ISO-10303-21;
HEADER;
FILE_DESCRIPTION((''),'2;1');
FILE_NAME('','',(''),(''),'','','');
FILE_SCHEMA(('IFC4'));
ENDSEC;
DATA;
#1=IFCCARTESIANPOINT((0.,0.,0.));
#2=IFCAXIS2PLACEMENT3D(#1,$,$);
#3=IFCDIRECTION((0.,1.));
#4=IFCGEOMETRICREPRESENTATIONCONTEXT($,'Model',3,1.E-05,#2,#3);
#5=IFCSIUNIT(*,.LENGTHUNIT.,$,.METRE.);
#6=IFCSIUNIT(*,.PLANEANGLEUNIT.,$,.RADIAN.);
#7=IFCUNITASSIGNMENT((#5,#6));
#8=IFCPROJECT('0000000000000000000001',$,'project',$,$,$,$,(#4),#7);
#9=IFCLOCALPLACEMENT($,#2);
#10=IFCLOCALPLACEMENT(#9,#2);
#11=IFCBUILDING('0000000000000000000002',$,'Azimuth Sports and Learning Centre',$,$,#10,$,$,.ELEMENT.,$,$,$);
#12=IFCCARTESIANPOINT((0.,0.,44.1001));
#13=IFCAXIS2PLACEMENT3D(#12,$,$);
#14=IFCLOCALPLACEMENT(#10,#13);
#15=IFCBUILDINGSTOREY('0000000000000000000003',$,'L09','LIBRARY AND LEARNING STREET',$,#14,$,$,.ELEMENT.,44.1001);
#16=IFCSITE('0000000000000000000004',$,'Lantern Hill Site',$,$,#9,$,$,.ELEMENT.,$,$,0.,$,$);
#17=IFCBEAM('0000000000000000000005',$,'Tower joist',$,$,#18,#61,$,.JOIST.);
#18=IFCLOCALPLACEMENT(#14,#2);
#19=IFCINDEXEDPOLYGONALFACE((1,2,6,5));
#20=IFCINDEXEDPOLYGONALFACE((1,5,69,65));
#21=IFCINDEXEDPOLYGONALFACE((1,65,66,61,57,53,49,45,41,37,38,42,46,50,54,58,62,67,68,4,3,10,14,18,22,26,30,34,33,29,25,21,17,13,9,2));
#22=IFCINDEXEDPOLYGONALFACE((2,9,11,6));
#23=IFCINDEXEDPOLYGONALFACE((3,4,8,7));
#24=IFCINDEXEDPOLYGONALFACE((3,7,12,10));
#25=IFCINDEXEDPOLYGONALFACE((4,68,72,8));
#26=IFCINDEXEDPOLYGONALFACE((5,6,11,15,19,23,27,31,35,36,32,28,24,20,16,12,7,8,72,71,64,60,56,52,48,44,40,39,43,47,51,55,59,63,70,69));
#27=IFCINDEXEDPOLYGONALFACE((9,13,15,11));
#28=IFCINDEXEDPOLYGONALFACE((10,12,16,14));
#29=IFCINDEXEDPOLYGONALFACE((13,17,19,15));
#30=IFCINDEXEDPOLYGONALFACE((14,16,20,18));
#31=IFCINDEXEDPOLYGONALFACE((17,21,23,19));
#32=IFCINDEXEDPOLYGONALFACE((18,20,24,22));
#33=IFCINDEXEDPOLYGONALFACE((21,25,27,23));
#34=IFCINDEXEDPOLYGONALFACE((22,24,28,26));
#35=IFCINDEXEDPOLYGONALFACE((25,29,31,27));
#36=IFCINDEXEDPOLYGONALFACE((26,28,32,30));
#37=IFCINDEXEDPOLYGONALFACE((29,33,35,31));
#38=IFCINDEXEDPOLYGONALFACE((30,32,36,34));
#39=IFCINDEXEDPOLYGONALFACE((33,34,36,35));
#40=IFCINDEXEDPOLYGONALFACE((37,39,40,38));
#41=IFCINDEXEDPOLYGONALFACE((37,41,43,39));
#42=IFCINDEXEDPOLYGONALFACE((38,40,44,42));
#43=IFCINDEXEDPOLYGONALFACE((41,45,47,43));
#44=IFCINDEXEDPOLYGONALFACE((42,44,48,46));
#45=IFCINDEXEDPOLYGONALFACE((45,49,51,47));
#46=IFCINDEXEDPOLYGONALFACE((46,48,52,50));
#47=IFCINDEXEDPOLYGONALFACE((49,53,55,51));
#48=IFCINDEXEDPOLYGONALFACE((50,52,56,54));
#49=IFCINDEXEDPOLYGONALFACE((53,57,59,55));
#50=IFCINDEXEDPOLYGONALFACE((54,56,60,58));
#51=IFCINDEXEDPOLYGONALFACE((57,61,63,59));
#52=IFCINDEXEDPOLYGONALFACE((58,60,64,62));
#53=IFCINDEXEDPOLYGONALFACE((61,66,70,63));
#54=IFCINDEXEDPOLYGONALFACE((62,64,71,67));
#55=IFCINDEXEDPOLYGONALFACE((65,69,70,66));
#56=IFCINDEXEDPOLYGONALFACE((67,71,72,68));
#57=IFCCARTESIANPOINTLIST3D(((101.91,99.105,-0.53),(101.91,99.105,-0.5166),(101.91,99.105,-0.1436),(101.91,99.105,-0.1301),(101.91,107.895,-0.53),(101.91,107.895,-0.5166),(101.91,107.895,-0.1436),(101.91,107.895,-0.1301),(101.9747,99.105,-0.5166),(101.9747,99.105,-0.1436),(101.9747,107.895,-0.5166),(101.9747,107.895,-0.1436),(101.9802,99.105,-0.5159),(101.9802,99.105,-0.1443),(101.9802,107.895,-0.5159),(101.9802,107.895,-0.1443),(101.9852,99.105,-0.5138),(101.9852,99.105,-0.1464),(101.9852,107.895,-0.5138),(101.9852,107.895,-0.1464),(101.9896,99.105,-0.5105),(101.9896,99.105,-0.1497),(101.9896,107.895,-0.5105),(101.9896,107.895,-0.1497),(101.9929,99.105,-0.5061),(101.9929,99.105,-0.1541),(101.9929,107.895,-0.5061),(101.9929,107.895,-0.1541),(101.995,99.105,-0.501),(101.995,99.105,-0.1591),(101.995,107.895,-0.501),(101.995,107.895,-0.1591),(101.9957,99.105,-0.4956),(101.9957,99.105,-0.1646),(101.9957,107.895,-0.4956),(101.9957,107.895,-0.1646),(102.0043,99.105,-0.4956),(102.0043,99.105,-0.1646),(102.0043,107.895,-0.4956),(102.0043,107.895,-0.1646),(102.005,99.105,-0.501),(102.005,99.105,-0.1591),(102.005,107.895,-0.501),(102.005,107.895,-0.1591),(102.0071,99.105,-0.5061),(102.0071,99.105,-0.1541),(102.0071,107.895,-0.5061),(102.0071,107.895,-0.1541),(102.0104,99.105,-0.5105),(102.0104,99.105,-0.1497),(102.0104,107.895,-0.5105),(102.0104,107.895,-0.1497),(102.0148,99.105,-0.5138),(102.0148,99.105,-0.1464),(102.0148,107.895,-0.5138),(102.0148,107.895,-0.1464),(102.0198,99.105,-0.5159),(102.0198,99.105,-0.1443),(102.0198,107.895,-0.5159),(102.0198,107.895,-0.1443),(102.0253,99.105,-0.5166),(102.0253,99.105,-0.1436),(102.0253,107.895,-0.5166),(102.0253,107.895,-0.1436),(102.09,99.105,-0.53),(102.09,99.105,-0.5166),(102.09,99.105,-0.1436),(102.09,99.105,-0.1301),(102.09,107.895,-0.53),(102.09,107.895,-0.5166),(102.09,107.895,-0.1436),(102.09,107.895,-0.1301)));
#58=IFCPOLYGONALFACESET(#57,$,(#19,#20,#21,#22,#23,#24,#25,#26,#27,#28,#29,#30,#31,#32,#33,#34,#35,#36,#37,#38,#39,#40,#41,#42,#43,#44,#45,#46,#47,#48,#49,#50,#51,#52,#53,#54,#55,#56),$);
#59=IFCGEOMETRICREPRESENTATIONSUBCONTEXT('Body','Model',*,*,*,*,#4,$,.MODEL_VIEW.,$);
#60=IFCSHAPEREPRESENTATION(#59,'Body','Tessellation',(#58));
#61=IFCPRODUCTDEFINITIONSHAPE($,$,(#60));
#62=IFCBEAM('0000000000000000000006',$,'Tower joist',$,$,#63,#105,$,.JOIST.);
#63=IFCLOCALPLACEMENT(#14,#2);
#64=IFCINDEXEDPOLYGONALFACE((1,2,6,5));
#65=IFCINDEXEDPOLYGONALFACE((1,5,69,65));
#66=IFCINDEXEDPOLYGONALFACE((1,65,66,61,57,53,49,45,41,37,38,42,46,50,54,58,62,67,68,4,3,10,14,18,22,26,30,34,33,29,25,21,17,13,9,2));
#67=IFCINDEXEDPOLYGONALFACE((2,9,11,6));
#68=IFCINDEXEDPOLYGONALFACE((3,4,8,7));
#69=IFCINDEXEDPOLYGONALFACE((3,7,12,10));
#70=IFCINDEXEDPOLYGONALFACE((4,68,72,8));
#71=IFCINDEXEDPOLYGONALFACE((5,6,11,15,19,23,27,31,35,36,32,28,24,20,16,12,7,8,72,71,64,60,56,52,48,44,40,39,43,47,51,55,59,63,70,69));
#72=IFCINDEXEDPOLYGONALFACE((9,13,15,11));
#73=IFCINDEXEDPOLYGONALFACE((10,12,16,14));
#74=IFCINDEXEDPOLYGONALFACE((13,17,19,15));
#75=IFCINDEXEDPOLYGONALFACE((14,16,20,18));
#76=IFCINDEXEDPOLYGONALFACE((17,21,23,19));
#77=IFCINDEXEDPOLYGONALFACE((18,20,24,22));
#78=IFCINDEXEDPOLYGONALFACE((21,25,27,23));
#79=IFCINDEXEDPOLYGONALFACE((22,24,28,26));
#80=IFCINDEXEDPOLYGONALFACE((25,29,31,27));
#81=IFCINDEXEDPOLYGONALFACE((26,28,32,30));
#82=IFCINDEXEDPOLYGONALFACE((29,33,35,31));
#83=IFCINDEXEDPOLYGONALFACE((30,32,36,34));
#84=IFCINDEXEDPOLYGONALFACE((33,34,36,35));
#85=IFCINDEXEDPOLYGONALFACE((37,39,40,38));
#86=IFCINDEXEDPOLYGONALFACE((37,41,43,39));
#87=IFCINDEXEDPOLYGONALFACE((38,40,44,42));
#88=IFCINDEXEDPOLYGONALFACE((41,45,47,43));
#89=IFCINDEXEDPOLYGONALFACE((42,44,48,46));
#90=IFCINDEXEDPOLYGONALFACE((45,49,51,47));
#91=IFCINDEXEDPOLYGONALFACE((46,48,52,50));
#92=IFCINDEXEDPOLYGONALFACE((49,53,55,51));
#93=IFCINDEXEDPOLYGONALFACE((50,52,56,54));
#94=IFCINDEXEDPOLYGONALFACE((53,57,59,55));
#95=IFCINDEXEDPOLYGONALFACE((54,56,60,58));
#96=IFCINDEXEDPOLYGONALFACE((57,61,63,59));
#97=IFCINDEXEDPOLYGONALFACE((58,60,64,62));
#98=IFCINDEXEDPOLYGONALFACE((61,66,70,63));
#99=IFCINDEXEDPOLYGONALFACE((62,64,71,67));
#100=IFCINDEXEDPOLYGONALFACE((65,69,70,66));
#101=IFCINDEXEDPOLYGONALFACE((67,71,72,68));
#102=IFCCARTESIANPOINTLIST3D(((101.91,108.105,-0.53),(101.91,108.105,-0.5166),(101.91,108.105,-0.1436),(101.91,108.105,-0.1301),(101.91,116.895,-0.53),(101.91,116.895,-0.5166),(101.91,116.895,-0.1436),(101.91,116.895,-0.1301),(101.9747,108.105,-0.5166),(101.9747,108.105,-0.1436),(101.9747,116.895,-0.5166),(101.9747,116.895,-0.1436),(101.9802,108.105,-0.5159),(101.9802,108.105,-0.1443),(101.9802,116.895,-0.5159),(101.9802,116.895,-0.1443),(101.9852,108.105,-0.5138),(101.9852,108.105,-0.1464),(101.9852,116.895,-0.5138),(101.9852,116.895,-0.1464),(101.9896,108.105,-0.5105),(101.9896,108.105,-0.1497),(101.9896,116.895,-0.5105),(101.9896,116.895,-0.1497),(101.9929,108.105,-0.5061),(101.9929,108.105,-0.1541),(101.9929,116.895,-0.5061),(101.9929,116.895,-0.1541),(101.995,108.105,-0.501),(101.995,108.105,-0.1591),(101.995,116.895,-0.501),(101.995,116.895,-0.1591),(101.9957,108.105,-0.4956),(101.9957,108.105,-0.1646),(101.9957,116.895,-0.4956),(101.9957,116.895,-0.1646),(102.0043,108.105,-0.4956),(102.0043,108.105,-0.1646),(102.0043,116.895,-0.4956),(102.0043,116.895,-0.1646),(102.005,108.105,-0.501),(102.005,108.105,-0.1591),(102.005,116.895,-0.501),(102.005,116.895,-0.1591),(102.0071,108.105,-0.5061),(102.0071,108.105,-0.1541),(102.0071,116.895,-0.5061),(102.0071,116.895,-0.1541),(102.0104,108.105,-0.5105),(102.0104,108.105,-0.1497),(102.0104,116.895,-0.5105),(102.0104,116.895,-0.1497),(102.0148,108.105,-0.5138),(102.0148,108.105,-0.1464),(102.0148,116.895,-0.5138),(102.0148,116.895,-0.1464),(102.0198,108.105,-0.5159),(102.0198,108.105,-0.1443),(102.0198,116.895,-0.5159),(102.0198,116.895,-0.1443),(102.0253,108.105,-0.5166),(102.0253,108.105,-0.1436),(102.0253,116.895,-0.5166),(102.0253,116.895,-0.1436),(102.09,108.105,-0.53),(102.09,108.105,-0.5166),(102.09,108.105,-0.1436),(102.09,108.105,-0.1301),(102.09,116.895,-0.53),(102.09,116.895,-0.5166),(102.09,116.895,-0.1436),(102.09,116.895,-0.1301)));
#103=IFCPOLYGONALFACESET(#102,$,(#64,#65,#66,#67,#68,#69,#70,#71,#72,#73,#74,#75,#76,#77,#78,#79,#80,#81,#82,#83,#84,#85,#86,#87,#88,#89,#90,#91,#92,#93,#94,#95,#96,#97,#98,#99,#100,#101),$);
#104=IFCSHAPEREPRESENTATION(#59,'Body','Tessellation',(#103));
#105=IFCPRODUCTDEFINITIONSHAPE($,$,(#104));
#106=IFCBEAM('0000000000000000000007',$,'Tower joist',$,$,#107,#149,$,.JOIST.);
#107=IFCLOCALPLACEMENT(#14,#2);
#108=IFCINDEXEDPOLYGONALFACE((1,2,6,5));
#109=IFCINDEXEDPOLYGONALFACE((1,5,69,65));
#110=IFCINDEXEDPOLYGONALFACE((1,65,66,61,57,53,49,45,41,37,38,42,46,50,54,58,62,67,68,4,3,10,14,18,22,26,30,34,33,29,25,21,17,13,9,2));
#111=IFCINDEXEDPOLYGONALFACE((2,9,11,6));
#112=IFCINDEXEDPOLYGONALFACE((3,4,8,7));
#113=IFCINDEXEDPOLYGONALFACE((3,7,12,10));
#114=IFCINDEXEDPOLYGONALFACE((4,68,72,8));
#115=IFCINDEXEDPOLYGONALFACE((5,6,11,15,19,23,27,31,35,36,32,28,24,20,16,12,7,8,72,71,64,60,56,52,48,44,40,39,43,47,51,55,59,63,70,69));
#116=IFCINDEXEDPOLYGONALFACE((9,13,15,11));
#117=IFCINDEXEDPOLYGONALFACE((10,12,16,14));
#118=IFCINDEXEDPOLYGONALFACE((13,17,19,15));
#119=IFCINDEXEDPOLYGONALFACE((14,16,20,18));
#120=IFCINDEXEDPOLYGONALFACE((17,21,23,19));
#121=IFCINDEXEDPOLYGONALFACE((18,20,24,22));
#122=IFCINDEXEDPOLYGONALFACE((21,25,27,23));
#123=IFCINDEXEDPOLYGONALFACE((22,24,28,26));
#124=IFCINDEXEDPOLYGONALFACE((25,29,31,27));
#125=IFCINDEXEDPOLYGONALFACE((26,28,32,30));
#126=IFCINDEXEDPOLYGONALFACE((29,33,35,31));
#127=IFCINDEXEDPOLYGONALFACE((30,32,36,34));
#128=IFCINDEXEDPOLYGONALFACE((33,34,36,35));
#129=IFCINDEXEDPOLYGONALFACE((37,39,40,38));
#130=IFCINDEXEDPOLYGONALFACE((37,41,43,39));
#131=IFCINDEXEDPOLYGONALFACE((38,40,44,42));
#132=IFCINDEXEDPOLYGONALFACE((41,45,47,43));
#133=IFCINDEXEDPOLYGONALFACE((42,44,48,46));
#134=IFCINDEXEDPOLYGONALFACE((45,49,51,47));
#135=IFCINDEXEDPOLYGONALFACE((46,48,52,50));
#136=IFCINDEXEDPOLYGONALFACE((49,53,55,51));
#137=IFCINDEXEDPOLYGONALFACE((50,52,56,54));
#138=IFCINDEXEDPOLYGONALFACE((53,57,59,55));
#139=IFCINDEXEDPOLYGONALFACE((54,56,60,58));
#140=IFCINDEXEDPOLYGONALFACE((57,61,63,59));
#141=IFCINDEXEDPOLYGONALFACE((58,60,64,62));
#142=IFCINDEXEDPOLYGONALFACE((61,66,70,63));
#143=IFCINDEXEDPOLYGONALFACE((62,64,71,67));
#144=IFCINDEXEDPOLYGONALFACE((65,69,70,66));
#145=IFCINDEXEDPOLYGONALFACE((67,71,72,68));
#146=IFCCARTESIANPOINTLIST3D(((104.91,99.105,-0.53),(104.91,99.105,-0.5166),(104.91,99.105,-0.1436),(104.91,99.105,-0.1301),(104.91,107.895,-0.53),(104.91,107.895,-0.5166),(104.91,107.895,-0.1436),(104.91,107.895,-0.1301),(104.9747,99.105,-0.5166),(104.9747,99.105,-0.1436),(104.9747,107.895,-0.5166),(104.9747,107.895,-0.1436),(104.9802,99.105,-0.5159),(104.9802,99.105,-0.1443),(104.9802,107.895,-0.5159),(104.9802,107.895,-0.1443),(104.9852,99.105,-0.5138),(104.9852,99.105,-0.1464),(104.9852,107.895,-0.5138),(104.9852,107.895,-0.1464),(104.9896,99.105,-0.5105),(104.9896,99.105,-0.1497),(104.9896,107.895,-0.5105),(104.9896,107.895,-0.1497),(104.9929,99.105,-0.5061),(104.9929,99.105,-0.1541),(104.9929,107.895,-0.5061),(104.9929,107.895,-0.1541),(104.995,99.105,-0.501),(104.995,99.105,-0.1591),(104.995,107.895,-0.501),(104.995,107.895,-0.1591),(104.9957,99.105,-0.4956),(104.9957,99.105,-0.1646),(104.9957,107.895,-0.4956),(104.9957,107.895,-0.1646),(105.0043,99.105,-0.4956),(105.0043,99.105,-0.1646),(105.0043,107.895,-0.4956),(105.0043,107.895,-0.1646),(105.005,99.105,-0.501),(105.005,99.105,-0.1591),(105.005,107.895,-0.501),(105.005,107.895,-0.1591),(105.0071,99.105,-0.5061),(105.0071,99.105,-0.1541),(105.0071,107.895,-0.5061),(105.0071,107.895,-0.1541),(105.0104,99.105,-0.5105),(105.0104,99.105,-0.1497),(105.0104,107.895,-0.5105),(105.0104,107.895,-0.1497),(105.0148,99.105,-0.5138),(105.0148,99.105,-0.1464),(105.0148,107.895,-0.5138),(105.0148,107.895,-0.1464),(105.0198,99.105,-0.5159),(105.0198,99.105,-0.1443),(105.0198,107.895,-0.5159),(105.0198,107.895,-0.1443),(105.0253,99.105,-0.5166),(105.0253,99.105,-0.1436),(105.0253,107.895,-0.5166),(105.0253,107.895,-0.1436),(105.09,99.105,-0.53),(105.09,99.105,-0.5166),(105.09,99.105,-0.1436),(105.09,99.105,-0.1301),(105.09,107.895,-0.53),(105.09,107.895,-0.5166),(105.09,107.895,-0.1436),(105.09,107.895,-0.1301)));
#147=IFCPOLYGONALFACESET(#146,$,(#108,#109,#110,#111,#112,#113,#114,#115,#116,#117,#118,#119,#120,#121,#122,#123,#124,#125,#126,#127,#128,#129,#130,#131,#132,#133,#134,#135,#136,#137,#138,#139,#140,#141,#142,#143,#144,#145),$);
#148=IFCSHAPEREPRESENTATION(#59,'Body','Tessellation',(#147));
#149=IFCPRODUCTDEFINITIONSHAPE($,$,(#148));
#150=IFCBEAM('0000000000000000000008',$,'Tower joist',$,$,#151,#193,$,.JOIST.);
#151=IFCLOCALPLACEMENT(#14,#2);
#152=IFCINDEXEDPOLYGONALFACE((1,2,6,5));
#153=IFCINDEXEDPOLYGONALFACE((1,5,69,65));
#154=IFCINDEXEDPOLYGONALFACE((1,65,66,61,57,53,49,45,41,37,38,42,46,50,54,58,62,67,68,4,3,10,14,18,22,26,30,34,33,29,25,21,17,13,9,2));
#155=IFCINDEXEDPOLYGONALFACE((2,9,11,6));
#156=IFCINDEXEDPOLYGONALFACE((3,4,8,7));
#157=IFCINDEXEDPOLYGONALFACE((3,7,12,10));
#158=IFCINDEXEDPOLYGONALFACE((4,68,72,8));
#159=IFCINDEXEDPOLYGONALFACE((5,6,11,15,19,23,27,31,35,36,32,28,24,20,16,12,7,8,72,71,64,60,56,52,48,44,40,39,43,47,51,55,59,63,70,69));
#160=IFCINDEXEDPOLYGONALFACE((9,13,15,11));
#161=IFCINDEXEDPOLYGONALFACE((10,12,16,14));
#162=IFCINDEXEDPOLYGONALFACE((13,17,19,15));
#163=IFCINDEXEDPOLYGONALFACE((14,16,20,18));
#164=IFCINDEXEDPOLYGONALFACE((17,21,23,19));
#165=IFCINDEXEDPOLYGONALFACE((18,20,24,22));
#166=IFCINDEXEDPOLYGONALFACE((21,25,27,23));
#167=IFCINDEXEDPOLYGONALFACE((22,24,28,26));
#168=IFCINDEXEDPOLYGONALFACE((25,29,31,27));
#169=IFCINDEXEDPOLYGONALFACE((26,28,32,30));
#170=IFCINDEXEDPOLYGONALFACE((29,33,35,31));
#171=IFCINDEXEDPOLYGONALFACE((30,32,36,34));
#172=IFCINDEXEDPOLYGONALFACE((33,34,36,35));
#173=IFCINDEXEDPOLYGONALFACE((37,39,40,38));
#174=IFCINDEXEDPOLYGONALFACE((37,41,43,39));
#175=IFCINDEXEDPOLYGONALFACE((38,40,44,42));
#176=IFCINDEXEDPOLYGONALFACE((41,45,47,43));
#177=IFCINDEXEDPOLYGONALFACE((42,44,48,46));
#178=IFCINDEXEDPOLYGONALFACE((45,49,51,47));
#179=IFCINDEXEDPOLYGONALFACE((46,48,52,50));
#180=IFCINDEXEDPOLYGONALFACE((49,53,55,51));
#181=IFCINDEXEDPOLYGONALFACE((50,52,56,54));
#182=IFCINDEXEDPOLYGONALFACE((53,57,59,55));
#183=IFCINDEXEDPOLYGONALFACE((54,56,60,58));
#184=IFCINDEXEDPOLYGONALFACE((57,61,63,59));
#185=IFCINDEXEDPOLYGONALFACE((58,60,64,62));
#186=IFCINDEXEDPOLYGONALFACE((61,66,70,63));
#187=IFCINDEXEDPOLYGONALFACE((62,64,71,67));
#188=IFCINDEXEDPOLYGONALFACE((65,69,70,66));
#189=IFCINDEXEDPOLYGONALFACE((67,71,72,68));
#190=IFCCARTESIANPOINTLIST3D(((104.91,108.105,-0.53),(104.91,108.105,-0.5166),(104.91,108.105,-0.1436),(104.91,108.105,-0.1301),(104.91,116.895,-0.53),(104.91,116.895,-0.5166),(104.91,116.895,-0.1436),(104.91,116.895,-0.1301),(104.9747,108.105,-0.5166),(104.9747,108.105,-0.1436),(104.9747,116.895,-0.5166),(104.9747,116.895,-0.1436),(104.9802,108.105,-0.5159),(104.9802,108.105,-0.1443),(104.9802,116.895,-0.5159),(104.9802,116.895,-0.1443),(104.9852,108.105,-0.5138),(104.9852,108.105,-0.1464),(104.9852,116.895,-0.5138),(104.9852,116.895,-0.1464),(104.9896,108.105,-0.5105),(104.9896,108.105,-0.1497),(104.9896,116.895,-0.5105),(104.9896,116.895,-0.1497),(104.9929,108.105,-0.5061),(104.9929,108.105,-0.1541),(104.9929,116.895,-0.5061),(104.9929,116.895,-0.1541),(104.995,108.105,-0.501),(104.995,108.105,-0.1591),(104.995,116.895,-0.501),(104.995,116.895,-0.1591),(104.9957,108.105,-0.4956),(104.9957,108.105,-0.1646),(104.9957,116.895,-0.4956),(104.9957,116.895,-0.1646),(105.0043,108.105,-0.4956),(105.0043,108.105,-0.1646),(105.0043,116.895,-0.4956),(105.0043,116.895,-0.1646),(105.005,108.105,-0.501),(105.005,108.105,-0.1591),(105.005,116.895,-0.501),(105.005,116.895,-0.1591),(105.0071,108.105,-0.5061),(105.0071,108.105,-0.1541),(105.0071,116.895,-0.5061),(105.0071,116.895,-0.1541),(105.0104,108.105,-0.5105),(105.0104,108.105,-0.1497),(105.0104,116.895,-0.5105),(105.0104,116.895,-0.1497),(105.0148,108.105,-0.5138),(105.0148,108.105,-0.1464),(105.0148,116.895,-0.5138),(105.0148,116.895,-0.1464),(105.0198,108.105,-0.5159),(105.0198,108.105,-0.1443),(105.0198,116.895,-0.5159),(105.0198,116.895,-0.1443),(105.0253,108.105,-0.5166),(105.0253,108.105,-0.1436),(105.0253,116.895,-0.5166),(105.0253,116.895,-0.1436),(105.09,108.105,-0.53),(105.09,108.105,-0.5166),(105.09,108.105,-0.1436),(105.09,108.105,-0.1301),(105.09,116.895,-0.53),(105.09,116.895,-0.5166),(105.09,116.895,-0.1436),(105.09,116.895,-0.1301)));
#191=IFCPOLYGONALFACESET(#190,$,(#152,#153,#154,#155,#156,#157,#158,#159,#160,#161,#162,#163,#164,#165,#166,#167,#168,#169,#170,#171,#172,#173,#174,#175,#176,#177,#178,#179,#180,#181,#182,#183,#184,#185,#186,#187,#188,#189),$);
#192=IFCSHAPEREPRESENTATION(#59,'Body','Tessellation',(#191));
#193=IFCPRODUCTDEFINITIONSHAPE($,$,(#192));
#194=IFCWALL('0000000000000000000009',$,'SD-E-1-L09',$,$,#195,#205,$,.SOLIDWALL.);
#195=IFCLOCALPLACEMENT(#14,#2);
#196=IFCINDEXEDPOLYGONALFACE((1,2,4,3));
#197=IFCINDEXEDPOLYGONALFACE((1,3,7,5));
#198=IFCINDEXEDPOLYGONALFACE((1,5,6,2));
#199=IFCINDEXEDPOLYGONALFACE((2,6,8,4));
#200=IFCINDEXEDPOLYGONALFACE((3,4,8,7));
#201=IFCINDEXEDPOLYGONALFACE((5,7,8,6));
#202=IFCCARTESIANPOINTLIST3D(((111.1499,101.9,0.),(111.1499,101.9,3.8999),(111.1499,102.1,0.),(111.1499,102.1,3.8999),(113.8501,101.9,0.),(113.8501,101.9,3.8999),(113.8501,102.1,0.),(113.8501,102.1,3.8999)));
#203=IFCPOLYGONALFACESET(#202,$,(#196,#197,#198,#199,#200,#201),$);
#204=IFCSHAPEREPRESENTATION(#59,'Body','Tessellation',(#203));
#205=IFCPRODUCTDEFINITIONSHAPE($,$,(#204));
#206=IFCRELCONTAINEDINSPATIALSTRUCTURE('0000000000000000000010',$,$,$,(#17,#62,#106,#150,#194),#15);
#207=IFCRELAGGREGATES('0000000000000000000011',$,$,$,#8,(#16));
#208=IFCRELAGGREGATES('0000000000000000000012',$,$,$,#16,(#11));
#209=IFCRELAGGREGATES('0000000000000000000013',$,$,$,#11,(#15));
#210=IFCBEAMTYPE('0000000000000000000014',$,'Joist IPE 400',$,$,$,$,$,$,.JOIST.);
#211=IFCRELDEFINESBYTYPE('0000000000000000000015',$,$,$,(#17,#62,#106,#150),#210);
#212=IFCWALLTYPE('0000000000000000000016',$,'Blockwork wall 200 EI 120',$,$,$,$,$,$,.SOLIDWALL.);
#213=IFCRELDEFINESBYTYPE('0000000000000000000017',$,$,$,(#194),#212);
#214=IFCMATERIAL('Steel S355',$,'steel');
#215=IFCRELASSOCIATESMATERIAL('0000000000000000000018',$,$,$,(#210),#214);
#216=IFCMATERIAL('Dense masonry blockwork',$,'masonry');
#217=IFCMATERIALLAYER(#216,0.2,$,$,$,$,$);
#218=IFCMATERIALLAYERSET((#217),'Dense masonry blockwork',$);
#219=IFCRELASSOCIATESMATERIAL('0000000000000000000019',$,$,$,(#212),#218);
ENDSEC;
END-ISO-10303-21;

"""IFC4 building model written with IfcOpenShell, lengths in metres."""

from ifc_helpers import new_model, si_unit, direction, frame, frame_2d, origin, origin_2d, place, context, subcontext, project, spatial, rectangle, i_section, extrude, material, layer, layer_set, material_profile, profile_set, type_object, element, save


model = new_model("IFC4")

# Units and contexts
model_context = context("Model", 3, precision=1e-05, world=origin(), true_north=direction((0.0, 1.0)))
body_context = subcontext(model_context, "Body", "Model", "MODEL_VIEW")
ifc_project = project(units=[si_unit("LENGTHUNIT", "METRE"), si_unit("PLANEANGLEUNIT", "RADIAN")], contexts=[model_context])

# Site, building, storey
site_placement = place(None, origin())
site = spatial("IfcSite", under=ifc_project, at=site_placement, Name="Lantern Hill Site", CompositionType="ELEMENT", RefElevation=0.0)
building_placement = place(site_placement, origin())
building = spatial("IfcBuilding", under=site, at=building_placement, Name="Azimuth Sports and Learning Centre", CompositionType="ELEMENT")
storey_placement = place(building_placement, frame((0.0, 0.0, 44.1001)))
storey = spatial("IfcBuildingStorey", under=building, at=storey_placement, Name="L09", Description="LIBRARY AND LEARNING STREET", CompositionType="ELEMENT", Elevation=44.1001)

# Beams
ifc_material_1 = material(Name="Steel S355", Category="steel")
ifc_material_profile = material_profile(ifc_material_1, i_section(OverallWidth=0.1799, OverallDepth=0.3999, WebThickness=0.0085, FlangeThickness=0.0134, FilletRadius=0.021, at=origin_2d()), Name="IPE 400")
ifc_profile_set = profile_set([ifc_material_profile], Name="Steel S355")
beam_type = type_object("IfcBeamType", Name="Joist IPE 400", PredefinedType="JOIST", material=ifc_profile_set)
for number, where, z_axis, x_axis, name in (
    (1, (102.0, 99.105, -0.3301), (0.0, 1.0, 0.0), (-1.0, 0.0, 0.0), "Tower joist"),
    (2, (102.0, 108.105, -0.3301), (0.0, 1.0, 0.0), (-1.0, 0.0, 0.0), "Tower joist"),
    (3, (105.0, 99.105, -0.3301), (0.0, 1.0, 0.0), (-1.0, 0.0, 0.0), "Tower joist"),
    (4, (105.0, 108.105, -0.3301), (0.0, 1.0, 0.0), (-1.0, 0.0, 0.0), "Tower joist"),
):
    element("IfcBeam", number, at=place(storey_placement, frame(where, z_axis=z_axis, x_axis=x_axis)), inside=storey, type_object=beam_type, Name=name, PredefinedType="JOIST", context=body_context, shape_type="SweptSolid", body=[
        extrude(i_section(OverallWidth=0.1799, OverallDepth=0.3999, WebThickness=0.0085, FlangeThickness=0.0134, FilletRadius=0.021, at=origin_2d()), origin(), (0.0, 0.0, 1.0), 8.79),
    ])

# Wall
ifc_material_2 = material(Name="Dense masonry blockwork", Category="masonry")
ifc_layer_1 = layer(ifc_material_2, 0.2)
ifc_layer_set_1 = layer_set([ifc_layer_1], Name="Dense masonry blockwork")
wall_type_1 = type_object("IfcWallType", Name="Blockwork wall 200 EI 120", PredefinedType="SOLIDWALL", material=ifc_layer_set_1)
for number, where, z_axis, x_axis, name in (
    (5, (111.1499, 102.0, 0.0), (0.0, 0.0, 1.0), (1.0, 0.0, 0.0), "SD-E-1-L09"),
):
    element("IfcWall", number, at=place(storey_placement, frame(where, z_axis=z_axis, x_axis=x_axis)), inside=storey, type_object=wall_type_1, Name=name, PredefinedType="SOLIDWALL", context=body_context, shape_type="SweptSolid", body=[
        extrude(rectangle(XDim=2.7002, YDim=0.2, at=frame_2d((1.3501, 0.0))), origin(), (0.0, 0.0, 1.0), 3.8999),
    ])

save(model, "model.ifc")
